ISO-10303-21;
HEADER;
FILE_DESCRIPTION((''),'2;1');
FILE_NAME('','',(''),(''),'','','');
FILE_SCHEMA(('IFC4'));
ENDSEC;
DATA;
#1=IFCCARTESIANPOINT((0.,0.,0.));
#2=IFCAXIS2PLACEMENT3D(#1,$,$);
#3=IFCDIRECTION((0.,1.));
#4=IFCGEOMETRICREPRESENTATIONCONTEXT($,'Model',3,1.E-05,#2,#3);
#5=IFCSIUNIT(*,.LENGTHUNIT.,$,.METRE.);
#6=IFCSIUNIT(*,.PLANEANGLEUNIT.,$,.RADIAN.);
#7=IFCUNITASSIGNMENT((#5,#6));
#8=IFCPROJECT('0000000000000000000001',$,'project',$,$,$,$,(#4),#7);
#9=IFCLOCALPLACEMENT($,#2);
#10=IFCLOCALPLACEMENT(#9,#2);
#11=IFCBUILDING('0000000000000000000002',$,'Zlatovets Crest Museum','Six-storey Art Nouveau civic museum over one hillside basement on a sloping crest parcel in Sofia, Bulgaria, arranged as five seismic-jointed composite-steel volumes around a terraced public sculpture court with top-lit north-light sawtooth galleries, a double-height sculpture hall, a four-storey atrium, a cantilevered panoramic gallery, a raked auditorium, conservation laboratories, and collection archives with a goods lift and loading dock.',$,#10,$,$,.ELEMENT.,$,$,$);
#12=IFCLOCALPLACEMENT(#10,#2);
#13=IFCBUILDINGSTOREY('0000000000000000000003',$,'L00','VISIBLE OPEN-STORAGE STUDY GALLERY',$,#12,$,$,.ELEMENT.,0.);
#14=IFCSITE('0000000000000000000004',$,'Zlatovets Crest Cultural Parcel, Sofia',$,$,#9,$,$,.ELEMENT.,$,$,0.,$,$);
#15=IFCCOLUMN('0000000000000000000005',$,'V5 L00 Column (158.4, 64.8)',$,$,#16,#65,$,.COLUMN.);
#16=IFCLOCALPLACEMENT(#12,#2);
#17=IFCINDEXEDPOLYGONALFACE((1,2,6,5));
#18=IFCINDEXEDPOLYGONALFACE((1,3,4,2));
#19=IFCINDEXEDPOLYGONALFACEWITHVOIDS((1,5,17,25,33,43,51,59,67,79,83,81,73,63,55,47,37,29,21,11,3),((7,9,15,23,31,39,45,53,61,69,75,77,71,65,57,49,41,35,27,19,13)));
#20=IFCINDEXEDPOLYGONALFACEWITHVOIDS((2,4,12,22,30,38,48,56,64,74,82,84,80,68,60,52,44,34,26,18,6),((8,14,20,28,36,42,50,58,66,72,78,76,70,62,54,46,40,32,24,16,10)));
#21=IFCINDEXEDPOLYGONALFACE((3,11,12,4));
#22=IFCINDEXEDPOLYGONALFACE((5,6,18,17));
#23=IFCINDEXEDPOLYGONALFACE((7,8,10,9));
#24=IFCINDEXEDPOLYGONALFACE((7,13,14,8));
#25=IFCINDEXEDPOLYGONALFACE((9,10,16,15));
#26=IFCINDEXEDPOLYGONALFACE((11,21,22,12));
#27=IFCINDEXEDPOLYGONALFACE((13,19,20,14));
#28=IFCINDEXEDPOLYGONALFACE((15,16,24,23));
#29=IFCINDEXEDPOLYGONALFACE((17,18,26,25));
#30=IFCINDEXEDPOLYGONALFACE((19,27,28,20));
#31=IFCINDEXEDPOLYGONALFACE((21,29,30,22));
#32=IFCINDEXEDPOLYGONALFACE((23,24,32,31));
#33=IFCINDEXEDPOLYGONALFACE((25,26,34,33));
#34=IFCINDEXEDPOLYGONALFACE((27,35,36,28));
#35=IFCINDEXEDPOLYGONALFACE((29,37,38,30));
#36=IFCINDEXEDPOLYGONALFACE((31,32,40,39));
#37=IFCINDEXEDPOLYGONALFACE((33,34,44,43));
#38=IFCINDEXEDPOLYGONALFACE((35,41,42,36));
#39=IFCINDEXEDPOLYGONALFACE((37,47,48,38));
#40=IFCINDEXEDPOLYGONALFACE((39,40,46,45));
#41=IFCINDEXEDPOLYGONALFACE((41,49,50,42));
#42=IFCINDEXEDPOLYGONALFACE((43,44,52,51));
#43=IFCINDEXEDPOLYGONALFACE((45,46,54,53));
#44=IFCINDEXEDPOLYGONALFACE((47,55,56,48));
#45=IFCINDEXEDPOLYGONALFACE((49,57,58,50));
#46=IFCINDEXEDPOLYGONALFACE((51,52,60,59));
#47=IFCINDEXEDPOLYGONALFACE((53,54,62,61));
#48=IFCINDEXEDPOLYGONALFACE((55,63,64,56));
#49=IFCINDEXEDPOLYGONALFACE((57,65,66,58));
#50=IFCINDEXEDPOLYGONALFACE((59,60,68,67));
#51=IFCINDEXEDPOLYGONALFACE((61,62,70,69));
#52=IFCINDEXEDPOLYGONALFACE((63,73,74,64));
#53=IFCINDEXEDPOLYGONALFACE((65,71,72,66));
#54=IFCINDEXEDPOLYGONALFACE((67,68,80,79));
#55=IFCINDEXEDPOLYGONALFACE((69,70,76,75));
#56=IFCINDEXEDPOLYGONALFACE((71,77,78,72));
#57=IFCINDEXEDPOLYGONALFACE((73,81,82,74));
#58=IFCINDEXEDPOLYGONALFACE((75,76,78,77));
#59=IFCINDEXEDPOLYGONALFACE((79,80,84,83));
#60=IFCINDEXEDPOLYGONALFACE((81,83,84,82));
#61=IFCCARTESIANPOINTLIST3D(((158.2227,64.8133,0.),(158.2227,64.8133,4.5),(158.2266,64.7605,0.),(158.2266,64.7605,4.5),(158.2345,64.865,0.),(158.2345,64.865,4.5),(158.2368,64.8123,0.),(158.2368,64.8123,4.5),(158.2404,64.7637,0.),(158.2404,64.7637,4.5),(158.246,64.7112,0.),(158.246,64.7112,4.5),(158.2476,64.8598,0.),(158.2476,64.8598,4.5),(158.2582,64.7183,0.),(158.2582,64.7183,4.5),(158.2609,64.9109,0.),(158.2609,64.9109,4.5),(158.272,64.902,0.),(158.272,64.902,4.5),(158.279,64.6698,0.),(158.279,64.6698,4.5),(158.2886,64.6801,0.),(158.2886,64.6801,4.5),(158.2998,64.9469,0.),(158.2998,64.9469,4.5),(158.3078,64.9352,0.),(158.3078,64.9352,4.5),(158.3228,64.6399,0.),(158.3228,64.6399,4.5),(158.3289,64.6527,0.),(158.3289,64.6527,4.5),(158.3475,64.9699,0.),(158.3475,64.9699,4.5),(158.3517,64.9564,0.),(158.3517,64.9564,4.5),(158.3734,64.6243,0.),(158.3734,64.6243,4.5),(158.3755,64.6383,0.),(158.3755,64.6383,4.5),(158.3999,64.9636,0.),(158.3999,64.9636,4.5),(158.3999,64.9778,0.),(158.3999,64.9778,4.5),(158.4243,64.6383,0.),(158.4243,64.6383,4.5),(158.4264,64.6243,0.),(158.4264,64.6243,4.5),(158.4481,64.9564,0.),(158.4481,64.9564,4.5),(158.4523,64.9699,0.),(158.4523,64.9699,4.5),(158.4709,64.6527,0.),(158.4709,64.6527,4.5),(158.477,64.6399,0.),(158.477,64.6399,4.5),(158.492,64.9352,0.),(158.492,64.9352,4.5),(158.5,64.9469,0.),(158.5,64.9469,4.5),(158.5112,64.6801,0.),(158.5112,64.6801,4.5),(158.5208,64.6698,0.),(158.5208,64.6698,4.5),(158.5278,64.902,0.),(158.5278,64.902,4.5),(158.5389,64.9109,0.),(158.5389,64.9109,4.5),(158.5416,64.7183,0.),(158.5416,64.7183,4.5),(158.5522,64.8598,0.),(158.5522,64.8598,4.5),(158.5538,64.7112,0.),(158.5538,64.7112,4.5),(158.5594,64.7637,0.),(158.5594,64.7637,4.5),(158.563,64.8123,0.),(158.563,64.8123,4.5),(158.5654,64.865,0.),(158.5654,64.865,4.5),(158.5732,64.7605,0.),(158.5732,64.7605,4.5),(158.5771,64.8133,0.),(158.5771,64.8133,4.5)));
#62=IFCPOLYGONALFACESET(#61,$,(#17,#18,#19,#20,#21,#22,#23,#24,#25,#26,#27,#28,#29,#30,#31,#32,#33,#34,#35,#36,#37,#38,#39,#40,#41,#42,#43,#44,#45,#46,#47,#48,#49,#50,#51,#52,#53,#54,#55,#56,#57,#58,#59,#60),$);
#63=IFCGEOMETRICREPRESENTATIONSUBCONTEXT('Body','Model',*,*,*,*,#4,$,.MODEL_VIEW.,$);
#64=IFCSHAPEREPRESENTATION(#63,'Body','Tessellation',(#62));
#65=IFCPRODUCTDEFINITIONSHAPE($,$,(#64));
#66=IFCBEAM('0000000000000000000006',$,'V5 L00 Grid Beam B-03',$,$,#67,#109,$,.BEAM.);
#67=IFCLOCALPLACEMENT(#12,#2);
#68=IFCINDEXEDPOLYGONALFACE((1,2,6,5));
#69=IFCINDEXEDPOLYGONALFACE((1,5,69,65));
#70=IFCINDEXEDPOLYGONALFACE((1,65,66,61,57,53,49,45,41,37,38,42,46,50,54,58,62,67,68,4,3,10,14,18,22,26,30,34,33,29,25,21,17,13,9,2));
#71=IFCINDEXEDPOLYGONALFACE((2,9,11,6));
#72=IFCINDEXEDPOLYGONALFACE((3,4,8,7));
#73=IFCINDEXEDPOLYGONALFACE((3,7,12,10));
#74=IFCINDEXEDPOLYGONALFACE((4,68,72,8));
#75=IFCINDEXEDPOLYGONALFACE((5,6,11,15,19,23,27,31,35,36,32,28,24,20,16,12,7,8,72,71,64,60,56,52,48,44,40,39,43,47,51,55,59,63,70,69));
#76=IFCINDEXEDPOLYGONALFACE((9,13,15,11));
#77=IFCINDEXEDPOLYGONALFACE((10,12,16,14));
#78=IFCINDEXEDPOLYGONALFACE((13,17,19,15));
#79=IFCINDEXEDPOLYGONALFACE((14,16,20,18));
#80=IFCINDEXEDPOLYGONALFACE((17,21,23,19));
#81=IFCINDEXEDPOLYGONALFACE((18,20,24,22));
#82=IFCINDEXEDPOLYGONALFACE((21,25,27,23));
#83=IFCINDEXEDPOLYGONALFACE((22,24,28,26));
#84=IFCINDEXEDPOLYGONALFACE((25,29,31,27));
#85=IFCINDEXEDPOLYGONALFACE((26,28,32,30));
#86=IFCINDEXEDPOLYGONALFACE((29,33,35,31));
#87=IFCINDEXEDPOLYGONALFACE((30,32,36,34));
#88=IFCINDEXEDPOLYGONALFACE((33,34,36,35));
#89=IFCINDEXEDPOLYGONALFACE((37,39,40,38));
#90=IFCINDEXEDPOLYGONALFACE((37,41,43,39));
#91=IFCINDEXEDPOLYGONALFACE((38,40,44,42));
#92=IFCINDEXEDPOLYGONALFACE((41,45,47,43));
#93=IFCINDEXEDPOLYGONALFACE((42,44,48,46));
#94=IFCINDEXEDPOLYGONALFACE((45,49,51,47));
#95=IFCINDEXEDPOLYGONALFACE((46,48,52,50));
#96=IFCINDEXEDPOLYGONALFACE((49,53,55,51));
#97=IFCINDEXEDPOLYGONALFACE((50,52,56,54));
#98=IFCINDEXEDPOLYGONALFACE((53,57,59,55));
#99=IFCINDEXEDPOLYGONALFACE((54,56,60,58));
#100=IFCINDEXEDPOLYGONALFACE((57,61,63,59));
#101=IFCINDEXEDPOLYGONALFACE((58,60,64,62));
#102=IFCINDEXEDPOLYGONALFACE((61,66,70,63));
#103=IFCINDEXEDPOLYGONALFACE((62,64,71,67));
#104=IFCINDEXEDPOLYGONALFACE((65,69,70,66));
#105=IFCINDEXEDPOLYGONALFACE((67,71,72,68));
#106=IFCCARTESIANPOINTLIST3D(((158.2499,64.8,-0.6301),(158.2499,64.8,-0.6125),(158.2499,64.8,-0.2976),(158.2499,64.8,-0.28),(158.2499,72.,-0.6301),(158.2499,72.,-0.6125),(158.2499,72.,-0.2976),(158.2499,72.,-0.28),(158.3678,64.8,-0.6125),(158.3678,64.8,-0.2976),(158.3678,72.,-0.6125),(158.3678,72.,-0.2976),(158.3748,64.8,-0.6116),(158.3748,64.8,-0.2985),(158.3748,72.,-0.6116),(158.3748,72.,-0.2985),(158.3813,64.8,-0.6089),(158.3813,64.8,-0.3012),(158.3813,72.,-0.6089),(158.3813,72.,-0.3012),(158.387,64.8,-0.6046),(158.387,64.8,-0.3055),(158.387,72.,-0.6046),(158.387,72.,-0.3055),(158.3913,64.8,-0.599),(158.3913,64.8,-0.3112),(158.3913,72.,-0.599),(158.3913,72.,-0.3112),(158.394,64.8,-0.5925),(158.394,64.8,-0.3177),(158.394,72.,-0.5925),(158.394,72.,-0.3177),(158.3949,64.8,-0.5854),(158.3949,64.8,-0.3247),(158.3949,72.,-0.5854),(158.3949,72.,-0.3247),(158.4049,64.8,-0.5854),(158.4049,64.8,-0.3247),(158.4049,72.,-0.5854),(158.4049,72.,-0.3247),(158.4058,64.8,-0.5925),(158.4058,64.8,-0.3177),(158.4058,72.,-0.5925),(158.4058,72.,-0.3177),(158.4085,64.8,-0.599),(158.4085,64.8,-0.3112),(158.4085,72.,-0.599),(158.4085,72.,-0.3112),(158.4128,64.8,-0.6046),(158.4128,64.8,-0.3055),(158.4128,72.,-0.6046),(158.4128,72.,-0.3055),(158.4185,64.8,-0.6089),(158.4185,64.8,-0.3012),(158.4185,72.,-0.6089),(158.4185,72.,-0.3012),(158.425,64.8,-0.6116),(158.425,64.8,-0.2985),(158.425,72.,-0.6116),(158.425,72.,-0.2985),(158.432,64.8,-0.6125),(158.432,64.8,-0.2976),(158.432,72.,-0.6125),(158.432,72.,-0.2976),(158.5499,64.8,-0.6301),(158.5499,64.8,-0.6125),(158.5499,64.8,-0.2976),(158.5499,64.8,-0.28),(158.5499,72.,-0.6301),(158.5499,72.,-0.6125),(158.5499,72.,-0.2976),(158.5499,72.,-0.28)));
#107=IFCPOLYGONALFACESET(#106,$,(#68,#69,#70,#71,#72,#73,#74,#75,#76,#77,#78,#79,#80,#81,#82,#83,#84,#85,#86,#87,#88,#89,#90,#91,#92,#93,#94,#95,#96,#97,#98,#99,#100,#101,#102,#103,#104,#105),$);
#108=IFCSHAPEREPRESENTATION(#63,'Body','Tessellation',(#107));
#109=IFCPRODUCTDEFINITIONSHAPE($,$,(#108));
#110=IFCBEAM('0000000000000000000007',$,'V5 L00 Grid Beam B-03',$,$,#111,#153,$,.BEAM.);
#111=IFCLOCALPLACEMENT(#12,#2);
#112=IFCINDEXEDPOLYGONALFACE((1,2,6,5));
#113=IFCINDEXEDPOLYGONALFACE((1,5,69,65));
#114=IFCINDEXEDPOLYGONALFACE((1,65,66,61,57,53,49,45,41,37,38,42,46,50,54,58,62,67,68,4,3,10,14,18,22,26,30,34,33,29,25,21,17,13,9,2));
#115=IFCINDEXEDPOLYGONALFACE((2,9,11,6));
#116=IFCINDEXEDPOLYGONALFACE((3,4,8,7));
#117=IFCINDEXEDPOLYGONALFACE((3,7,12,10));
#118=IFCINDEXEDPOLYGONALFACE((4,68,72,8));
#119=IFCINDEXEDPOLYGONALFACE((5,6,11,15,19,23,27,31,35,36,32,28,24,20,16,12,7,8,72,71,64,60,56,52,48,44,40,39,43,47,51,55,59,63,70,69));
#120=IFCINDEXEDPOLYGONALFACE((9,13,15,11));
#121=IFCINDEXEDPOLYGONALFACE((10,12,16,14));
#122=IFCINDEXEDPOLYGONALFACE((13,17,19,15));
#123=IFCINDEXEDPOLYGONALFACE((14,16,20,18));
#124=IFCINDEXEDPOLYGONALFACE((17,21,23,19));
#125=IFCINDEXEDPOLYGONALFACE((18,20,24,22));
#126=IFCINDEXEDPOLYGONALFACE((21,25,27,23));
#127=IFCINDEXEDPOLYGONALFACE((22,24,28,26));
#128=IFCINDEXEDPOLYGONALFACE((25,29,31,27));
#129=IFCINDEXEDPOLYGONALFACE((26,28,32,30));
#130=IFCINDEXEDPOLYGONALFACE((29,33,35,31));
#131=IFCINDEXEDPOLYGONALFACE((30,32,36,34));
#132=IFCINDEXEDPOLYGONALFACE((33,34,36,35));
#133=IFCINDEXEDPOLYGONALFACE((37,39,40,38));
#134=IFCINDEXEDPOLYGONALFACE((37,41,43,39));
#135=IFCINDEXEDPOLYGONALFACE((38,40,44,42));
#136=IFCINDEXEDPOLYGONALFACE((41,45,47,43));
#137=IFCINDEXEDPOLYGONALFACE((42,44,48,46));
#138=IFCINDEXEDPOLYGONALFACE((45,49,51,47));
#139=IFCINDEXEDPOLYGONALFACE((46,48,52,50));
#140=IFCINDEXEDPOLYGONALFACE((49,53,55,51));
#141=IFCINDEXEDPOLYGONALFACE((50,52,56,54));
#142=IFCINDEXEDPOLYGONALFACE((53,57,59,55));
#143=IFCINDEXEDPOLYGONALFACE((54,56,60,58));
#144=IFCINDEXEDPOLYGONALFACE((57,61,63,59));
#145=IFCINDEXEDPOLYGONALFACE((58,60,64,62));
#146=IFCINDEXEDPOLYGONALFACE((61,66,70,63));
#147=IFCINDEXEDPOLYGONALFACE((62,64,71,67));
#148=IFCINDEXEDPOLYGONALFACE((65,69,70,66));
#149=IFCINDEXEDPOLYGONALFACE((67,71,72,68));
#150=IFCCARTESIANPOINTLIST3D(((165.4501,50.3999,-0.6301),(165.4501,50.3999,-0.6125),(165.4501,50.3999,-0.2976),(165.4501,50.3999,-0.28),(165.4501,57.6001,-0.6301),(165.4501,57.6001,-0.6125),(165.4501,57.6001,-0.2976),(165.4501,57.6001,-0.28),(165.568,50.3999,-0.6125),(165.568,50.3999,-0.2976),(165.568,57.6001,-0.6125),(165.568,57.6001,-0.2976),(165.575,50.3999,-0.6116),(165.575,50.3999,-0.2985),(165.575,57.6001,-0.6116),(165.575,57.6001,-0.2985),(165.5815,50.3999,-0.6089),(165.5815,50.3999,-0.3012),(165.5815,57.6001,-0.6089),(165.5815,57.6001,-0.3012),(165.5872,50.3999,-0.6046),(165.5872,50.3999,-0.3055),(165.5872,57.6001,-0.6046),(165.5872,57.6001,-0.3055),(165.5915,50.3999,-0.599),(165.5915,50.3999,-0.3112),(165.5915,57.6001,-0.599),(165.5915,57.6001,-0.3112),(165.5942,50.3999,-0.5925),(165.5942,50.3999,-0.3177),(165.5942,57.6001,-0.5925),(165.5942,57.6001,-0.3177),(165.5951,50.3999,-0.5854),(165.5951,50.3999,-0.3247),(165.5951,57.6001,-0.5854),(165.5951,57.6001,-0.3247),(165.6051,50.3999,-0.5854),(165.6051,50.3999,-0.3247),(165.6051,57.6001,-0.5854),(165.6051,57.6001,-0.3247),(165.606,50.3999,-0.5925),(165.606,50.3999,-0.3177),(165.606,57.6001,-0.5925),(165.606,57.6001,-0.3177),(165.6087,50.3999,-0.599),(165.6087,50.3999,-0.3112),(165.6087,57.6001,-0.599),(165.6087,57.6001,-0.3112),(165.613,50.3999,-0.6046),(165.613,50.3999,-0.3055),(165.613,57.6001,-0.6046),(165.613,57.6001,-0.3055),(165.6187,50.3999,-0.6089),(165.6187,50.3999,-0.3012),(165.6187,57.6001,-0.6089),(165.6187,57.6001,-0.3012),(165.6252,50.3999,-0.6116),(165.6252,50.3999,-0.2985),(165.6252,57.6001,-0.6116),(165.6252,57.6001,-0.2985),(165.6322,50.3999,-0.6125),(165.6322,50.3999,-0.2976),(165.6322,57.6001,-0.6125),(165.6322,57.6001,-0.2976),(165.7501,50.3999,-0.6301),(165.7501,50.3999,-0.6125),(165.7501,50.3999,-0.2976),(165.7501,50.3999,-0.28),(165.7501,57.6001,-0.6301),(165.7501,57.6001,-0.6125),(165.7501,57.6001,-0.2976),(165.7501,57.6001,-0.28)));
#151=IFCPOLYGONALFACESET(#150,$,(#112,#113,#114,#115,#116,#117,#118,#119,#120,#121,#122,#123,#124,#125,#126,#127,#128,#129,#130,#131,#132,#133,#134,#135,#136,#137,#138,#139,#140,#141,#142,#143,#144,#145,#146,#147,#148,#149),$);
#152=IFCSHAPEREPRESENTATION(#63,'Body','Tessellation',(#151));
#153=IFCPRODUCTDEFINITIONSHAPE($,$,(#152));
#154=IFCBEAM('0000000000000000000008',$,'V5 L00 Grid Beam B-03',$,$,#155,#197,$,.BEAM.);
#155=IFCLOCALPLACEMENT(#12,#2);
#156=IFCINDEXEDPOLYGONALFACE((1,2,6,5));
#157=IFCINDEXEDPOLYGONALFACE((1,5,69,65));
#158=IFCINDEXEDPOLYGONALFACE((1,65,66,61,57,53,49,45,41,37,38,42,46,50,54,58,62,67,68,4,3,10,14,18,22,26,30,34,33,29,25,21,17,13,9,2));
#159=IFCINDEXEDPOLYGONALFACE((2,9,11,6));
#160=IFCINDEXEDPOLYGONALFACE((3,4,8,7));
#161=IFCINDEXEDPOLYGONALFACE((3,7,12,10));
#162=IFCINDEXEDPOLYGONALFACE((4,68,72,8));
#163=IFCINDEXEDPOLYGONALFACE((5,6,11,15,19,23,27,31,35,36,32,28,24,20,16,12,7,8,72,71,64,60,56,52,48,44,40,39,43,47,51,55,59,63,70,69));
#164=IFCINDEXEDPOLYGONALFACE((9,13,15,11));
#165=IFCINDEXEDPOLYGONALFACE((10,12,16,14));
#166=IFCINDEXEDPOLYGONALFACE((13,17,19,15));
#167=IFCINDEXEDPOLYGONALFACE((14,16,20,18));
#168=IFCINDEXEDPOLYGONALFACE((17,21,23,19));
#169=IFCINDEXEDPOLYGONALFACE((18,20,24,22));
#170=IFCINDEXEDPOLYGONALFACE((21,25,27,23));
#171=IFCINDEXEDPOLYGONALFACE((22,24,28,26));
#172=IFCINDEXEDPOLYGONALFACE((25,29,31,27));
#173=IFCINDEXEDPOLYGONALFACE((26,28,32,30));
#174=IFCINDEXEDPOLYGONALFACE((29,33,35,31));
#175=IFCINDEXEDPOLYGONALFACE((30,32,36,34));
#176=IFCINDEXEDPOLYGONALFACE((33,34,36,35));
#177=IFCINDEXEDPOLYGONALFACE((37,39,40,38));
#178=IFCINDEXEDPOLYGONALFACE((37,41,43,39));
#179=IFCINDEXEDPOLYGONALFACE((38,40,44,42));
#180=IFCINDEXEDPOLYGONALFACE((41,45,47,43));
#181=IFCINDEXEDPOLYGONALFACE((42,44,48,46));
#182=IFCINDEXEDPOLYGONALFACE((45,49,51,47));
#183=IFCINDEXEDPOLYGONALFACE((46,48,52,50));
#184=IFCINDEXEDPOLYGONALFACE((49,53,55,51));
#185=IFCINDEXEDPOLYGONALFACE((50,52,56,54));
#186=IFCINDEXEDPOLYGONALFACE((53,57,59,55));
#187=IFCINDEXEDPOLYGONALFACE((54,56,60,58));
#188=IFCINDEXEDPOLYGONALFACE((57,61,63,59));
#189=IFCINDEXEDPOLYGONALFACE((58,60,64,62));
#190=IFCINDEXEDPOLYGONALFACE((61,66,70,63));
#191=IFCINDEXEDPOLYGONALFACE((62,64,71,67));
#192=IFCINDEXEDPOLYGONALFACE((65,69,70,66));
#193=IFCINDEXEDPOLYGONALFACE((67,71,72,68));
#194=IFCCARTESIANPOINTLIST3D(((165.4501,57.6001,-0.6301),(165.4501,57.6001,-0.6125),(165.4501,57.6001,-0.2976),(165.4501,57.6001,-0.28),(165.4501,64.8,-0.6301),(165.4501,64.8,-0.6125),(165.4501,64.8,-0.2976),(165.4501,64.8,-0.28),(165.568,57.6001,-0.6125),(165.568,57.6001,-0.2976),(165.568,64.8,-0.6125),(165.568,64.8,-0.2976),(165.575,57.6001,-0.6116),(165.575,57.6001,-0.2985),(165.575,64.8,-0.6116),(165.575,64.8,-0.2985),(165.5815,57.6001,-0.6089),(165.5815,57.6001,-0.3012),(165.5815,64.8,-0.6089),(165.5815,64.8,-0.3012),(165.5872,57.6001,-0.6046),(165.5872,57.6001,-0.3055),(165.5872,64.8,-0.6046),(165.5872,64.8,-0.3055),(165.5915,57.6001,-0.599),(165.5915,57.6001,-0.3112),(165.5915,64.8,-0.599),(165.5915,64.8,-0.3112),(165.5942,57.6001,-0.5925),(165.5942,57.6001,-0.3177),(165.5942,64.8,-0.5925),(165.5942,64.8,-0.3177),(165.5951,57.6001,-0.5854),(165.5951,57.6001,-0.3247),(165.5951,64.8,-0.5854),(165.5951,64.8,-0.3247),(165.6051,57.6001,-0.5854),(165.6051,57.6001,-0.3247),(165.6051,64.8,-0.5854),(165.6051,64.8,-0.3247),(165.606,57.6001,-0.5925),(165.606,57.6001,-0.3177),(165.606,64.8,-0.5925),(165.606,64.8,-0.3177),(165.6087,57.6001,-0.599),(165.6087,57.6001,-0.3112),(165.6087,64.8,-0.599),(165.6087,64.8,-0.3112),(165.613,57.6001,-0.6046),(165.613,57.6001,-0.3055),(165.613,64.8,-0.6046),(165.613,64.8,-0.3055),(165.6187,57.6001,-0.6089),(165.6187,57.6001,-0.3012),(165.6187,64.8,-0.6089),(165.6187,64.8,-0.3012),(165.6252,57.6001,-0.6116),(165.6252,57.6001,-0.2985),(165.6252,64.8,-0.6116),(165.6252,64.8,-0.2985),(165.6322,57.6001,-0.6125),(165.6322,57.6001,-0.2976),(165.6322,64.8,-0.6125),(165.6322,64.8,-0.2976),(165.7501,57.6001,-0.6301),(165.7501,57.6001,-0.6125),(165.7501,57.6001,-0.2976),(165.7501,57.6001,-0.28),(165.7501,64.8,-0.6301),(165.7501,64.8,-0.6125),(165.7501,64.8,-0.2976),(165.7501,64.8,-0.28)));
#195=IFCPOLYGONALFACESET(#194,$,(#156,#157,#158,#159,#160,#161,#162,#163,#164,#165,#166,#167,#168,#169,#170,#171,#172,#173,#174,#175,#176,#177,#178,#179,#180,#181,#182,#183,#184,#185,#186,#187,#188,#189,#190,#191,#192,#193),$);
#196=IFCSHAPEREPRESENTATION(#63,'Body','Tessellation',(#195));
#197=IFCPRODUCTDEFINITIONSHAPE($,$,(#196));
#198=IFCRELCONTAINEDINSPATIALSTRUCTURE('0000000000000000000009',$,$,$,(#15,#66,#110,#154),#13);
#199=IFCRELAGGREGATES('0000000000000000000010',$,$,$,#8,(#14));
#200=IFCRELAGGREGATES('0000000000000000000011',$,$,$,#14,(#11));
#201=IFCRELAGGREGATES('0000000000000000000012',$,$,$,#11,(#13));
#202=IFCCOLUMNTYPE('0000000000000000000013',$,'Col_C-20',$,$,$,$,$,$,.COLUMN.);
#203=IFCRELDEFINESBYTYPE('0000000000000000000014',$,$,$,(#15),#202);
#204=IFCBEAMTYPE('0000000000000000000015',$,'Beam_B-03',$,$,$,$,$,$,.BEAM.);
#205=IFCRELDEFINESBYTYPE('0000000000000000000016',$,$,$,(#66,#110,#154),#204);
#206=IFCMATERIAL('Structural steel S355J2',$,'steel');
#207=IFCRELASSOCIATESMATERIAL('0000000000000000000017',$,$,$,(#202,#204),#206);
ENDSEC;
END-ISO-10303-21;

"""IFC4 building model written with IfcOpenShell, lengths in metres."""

from ifc_helpers import new_model, si_unit, direction, frame, origin, origin_2d, place, context, subcontext, project, spatial, hollow_circle, i_section, extrude, material, material_profile, profile_set, type_object, element, save


model = new_model("IFC4")

# Units and contexts
model_context = context("Model", 3, precision=1e-05, world=origin(), true_north=direction((0.0, 1.0)))
body_context = subcontext(model_context, "Body", "Model", "MODEL_VIEW")
ifc_project = project(units=[si_unit("LENGTHUNIT", "METRE"), si_unit("PLANEANGLEUNIT", "RADIAN")], contexts=[model_context])

# Site, building, storey
site_placement = place(None, origin())
site = spatial("IfcSite", under=ifc_project, at=site_placement, Name="Zlatovets Crest Cultural Parcel, Sofia", CompositionType="ELEMENT", RefElevation=0.0)
building_placement = place(site_placement, origin())
building = spatial("IfcBuilding", under=site, at=building_placement, Name="Zlatovets Crest Museum", Description="Six-storey Art Nouveau civic museum over one hillside basement on a sloping crest parcel in Sofia, Bulgaria, arranged as five seismic-jointed composite-steel volumes around a terraced public sculpture court with top-lit north-light sawtooth galleries, a double-height sculpture hall, a four-storey atrium, a cantilevered panoramic gallery, a raked auditorium, conservation laboratories, and collection archives with a goods lift and loading dock.", CompositionType="ELEMENT")
storey_placement = place(building_placement, origin())
storey = spatial("IfcBuildingStorey", under=building, at=storey_placement, Name="L00", Description="VISIBLE OPEN-STORAGE STUDY GALLERY", CompositionType="ELEMENT", Elevation=0.0)

# Column
ifc_material_1 = material(Name="Structural steel S355J2", Category="steel")
ifc_material_profile_1 = material_profile(ifc_material_1, hollow_circle(Radius=0.1777, WallThickness=0.0142, at=origin_2d()), Name="CHS 355.6x14.2")
ifc_profile_set_1 = profile_set([ifc_material_profile_1], Name="Structural steel S355J2")
column_type_1 = type_object("IfcColumnType", Name="Col_C-20", PredefinedType="COLUMN", material=ifc_profile_set_1)
for number, where, z_axis, x_axis, name in (
    (1, (158.3999, 64.8, 0.0), (0.0, 0.0, 1.0), (0.0, 1.0, 0.0), "V5 L00 Column (158.4, 64.8)"),
):
    element("IfcColumn", number, at=place(storey_placement, frame(where, z_axis=z_axis, x_axis=x_axis)), inside=storey, type_object=column_type_1, Name=name, PredefinedType="COLUMN", context=body_context, shape_type="SweptSolid", body=[
        extrude(hollow_circle(Radius=0.1777, WallThickness=0.0142, at=origin_2d()), origin(), (0.0, 0.0, 1.0), 4.5),
    ])

# Beams
ifc_material_profile_2 = material_profile(ifc_material_1, i_section(OverallWidth=0.3, OverallDepth=0.3501, WebThickness=0.01, FlangeThickness=0.0176, FilletRadius=0.0271, at=origin_2d()), Name="HEA 360")
ifc_profile_set_2 = profile_set([ifc_material_profile_2], Name="Structural steel S355J2")
beam_type_1 = type_object("IfcBeamType", Name="Beam_B-03", PredefinedType="BEAM", material=ifc_profile_set_2)
beam_1_placement = place(storey_placement, frame((158.3999, 64.8, -0.4551), z_axis=(0.0, 1.0, 0.0), x_axis=(-1.0, 0.0, 0.0)))
element("IfcBeam", 2, at=beam_1_placement, inside=storey, type_object=beam_type_1, Name="V5 L00 Grid Beam B-03", PredefinedType="BEAM", context=body_context, shape_type="SweptSolid", body=[
    extrude(i_section(OverallWidth=0.3, OverallDepth=0.3501, WebThickness=0.01, FlangeThickness=0.0176, FilletRadius=0.0271, at=origin_2d()), origin(), (0.0, 0.0, 1.0), 7.2),
])
beam_2_placement = place(storey_placement, frame((165.6001, 50.3999, -0.4551), z_axis=(0.0, 1.0, 0.0), x_axis=(-1.0, 0.0, 0.0)))
element("IfcBeam", 3, at=beam_2_placement, inside=storey, type_object=beam_type_1, Name="V5 L00 Grid Beam B-03", PredefinedType="BEAM", context=body_context, shape_type="SweptSolid", body=[
    extrude(i_section(OverallWidth=0.3, OverallDepth=0.3501, WebThickness=0.01, FlangeThickness=0.0176, FilletRadius=0.0271, at=origin_2d()), origin(), (0.0, 0.0, 1.0), 7.2002),
])
for number, where, z_axis, x_axis, name in (
    (4, (165.6001, 57.6001, -0.4551), (0.0, 1.0, 0.0), (-1.0, 0.0, 0.0), "V5 L00 Grid Beam B-03"),
):
    element("IfcBeam", number, at=place(storey_placement, frame(where, z_axis=z_axis, x_axis=x_axis)), inside=storey, type_object=beam_type_1, Name=name, PredefinedType="BEAM", context=body_context, shape_type="SweptSolid", body=[
        extrude(i_section(OverallWidth=0.3, OverallDepth=0.3501, WebThickness=0.01, FlangeThickness=0.0176, FilletRadius=0.0271, at=origin_2d()), origin(), (0.0, 0.0, 1.0), 7.2),
    ])

save(model, "model.ifc")
